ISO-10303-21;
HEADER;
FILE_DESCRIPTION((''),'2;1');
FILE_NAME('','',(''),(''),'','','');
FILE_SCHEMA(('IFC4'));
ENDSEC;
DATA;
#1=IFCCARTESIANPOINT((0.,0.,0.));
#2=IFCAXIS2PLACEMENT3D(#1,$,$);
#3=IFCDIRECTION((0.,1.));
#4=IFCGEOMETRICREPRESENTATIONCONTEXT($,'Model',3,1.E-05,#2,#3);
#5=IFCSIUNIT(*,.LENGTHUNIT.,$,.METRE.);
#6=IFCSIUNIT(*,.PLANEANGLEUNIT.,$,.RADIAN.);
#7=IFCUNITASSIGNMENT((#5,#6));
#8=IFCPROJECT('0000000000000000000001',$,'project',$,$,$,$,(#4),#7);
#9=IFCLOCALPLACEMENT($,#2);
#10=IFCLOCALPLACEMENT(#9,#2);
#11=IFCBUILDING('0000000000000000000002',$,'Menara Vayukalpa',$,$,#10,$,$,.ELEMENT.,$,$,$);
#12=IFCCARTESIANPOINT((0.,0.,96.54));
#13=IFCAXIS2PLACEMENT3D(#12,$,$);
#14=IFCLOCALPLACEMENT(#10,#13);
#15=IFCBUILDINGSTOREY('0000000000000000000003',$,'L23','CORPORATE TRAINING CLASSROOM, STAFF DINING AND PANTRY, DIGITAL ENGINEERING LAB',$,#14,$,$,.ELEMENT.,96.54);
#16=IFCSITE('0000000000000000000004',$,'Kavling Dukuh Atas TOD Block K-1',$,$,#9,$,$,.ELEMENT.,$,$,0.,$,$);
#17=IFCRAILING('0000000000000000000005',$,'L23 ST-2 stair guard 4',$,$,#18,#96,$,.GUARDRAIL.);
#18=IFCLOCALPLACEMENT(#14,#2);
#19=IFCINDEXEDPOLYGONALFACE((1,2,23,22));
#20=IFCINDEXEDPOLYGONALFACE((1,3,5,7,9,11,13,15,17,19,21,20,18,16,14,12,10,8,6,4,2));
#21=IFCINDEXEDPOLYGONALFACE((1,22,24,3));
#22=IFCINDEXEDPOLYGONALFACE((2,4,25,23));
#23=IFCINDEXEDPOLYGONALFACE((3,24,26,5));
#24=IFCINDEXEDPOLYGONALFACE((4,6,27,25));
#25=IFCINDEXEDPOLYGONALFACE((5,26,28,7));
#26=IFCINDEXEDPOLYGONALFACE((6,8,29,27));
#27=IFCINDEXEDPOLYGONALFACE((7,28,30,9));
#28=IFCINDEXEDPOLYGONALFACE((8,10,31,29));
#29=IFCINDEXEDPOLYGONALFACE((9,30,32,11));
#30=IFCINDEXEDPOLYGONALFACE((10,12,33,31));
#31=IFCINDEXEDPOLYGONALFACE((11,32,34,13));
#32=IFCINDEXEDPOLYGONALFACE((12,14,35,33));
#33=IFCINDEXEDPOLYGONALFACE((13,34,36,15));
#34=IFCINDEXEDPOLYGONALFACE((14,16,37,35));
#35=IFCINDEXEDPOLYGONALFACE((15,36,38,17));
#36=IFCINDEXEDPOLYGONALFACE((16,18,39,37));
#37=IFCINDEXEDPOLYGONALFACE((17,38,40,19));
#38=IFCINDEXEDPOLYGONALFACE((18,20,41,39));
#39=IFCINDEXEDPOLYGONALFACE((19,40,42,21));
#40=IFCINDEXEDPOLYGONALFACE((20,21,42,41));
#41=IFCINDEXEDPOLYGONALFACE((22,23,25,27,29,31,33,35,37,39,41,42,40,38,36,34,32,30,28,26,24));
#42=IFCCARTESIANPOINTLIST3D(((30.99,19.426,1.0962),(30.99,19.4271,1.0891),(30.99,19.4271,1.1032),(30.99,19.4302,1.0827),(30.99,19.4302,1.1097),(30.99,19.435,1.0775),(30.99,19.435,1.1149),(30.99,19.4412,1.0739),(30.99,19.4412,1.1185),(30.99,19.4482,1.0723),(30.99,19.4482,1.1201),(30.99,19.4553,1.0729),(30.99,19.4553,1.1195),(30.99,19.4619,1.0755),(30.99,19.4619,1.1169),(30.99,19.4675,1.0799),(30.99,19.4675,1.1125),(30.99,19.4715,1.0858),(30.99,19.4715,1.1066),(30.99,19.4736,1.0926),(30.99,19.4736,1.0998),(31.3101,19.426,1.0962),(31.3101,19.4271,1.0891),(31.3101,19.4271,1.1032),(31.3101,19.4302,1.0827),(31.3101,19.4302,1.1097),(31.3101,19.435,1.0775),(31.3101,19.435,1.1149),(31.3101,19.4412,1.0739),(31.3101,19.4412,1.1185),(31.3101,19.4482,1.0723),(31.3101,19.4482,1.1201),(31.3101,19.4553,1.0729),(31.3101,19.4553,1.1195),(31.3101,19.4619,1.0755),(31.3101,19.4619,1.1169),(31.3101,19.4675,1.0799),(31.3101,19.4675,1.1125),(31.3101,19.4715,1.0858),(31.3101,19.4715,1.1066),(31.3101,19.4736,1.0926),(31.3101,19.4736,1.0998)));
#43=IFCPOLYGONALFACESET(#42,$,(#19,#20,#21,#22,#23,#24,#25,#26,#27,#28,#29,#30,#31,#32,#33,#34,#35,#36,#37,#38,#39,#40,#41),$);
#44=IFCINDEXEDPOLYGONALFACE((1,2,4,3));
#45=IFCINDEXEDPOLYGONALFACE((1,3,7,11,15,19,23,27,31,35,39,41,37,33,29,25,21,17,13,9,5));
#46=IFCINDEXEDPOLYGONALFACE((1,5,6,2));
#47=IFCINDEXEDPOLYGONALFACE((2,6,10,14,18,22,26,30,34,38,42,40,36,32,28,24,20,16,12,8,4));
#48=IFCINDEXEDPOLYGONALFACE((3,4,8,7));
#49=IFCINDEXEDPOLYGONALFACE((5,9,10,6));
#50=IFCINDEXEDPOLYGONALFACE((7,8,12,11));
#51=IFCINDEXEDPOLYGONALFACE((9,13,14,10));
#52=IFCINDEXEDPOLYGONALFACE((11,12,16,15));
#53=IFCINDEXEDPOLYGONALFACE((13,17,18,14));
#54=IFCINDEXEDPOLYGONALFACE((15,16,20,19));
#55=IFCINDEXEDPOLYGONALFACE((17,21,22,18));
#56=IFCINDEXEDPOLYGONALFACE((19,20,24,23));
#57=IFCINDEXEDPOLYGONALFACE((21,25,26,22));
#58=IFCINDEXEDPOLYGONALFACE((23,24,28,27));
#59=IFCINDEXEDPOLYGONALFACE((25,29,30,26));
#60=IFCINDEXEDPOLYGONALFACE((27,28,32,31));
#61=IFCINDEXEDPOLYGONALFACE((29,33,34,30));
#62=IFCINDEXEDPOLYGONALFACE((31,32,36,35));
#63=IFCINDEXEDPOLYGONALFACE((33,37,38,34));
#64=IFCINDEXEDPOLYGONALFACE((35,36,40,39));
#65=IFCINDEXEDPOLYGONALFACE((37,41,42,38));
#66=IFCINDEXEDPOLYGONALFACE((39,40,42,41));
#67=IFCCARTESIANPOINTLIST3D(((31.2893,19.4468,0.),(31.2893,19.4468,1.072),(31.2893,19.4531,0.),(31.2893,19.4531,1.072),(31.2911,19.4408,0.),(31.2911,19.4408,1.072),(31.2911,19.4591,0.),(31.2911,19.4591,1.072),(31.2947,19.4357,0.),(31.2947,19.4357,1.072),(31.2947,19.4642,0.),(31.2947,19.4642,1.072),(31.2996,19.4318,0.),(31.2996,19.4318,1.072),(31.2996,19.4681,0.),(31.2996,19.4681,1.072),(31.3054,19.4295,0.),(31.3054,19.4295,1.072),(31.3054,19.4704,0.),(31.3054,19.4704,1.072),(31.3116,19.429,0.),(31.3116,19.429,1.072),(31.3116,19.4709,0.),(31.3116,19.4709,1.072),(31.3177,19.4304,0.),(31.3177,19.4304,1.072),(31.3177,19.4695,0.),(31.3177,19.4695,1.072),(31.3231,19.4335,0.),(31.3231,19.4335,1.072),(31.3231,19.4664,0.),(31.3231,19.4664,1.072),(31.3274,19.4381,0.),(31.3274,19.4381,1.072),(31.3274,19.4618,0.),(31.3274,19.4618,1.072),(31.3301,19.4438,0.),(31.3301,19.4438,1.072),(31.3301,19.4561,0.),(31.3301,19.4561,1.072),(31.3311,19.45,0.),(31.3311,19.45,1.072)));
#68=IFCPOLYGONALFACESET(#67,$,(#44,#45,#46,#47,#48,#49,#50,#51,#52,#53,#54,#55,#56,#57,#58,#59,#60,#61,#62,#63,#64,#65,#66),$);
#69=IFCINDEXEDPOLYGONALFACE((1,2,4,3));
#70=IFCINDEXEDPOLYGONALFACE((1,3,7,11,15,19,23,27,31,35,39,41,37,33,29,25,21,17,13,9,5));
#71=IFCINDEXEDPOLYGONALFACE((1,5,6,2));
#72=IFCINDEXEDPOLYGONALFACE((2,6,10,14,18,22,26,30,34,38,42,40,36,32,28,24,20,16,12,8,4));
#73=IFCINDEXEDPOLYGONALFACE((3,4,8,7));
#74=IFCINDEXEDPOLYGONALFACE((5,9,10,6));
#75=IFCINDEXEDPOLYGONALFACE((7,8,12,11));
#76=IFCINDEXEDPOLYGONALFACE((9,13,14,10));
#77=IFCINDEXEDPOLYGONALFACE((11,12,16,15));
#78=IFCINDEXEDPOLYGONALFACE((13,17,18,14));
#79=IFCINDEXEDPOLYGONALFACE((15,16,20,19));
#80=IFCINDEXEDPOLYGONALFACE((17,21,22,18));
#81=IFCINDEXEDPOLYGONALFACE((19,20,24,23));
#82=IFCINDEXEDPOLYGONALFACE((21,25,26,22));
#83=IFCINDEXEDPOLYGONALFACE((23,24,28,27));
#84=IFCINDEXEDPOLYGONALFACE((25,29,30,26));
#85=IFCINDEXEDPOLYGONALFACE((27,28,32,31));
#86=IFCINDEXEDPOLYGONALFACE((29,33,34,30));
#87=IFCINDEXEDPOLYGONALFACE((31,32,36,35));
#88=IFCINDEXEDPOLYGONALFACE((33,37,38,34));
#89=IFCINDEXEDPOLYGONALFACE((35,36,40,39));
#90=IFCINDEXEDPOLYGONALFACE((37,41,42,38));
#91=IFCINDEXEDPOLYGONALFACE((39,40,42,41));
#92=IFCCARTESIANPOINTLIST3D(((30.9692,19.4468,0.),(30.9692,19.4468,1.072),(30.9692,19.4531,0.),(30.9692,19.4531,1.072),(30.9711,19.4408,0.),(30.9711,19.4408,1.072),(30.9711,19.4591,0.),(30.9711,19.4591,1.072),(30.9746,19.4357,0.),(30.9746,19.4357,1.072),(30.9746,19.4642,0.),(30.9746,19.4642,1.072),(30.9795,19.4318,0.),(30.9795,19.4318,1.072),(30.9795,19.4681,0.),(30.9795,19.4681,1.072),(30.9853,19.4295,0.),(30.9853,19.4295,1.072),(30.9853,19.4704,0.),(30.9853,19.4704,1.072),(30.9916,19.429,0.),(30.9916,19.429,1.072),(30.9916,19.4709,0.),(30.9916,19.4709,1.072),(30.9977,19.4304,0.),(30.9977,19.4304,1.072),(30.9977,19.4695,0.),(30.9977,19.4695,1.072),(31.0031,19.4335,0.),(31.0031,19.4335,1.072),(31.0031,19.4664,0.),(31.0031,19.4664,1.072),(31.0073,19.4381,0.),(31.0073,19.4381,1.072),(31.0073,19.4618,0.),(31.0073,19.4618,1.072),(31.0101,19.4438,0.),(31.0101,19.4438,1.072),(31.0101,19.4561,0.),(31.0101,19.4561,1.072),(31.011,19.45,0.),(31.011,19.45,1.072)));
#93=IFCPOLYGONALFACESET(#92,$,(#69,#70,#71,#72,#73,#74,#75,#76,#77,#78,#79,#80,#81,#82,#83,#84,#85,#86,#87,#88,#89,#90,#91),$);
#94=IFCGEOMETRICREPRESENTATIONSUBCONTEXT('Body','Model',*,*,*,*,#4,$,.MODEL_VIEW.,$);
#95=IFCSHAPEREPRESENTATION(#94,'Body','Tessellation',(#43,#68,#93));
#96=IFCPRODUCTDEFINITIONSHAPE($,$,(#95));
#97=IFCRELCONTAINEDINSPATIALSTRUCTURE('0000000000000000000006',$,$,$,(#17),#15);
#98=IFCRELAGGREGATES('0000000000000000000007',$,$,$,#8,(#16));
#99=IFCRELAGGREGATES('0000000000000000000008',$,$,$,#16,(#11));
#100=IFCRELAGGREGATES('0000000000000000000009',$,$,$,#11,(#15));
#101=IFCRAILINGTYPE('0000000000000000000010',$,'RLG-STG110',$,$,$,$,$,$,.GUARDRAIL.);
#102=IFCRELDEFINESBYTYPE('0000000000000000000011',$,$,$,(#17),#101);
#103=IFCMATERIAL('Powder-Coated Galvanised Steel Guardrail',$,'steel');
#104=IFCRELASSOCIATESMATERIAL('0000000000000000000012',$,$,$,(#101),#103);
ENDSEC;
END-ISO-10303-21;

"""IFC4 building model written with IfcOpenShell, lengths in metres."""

from ifc_helpers import new_model, si_unit, direction, frame, origin, origin_2d, place, context, subcontext, project, spatial, circle, extrude, material, type_object, element, save


model = new_model("IFC4")

# Units and contexts
model_context = context("Model", 3, precision=1e-05, world=origin(), true_north=direction((0.0, 1.0)))
body_context = subcontext(model_context, "Body", "Model", "MODEL_VIEW")
ifc_project = project(units=[si_unit("LENGTHUNIT", "METRE"), si_unit("PLANEANGLEUNIT", "RADIAN")], contexts=[model_context])

# Site, building, storey
site_placement = place(None, origin())
site = spatial("IfcSite", under=ifc_project, at=site_placement, Name="Kavling Dukuh Atas TOD Block K-1", CompositionType="ELEMENT", RefElevation=0.0)
building_placement = place(site_placement, origin())
building = spatial("IfcBuilding", under=site, at=building_placement, Name="Menara Vayukalpa", CompositionType="ELEMENT")
storey_placement = place(building_placement, frame((0.0, 0.0, 96.54)))
storey = spatial("IfcBuildingStorey", under=building, at=storey_placement, Name="L23", Description="CORPORATE TRAINING CLASSROOM, STAFF DINING AND PANTRY, DIGITAL ENGINEERING LAB", CompositionType="ELEMENT", Elevation=96.54)

# Railing
ifc_material_1 = material(Name="Powder-Coated Galvanised Steel Guardrail", Category="steel")
railing_type_1 = type_object("IfcRailingType", Name="RLG-STG110", PredefinedType="GUARDRAIL", material=ifc_material_1)
railing_1_placement = place(storey_placement, frame((31.3101, 19.45, 0.0)))
element("IfcRailing", 1, at=railing_1_placement, inside=storey, type_object=railing_type_1, Name="L23 ST-2 stair guard 4", PredefinedType="GUARDRAIL", context=body_context, shape_type="SweptSolid", body=[
    extrude(circle(Radius=0.0239, at=origin_2d()), frame((0.0, 0.0, 1.0962), z_axis=(-1.0, 0.0, 0.0), x_axis=(0.0, -1.0, 0.0)), (0.0, 0.0, 1.0), 0.3201),
    extrude(circle(Radius=0.021, at=origin_2d()), origin(), (0.0, 0.0, 1.0), 1.072),
    extrude(circle(Radius=0.021, at=origin_2d()), frame((-0.3201, 0.0, 0.0)), (0.0, 0.0, 1.0), 1.072),
])

save(model, "model.ifc")
